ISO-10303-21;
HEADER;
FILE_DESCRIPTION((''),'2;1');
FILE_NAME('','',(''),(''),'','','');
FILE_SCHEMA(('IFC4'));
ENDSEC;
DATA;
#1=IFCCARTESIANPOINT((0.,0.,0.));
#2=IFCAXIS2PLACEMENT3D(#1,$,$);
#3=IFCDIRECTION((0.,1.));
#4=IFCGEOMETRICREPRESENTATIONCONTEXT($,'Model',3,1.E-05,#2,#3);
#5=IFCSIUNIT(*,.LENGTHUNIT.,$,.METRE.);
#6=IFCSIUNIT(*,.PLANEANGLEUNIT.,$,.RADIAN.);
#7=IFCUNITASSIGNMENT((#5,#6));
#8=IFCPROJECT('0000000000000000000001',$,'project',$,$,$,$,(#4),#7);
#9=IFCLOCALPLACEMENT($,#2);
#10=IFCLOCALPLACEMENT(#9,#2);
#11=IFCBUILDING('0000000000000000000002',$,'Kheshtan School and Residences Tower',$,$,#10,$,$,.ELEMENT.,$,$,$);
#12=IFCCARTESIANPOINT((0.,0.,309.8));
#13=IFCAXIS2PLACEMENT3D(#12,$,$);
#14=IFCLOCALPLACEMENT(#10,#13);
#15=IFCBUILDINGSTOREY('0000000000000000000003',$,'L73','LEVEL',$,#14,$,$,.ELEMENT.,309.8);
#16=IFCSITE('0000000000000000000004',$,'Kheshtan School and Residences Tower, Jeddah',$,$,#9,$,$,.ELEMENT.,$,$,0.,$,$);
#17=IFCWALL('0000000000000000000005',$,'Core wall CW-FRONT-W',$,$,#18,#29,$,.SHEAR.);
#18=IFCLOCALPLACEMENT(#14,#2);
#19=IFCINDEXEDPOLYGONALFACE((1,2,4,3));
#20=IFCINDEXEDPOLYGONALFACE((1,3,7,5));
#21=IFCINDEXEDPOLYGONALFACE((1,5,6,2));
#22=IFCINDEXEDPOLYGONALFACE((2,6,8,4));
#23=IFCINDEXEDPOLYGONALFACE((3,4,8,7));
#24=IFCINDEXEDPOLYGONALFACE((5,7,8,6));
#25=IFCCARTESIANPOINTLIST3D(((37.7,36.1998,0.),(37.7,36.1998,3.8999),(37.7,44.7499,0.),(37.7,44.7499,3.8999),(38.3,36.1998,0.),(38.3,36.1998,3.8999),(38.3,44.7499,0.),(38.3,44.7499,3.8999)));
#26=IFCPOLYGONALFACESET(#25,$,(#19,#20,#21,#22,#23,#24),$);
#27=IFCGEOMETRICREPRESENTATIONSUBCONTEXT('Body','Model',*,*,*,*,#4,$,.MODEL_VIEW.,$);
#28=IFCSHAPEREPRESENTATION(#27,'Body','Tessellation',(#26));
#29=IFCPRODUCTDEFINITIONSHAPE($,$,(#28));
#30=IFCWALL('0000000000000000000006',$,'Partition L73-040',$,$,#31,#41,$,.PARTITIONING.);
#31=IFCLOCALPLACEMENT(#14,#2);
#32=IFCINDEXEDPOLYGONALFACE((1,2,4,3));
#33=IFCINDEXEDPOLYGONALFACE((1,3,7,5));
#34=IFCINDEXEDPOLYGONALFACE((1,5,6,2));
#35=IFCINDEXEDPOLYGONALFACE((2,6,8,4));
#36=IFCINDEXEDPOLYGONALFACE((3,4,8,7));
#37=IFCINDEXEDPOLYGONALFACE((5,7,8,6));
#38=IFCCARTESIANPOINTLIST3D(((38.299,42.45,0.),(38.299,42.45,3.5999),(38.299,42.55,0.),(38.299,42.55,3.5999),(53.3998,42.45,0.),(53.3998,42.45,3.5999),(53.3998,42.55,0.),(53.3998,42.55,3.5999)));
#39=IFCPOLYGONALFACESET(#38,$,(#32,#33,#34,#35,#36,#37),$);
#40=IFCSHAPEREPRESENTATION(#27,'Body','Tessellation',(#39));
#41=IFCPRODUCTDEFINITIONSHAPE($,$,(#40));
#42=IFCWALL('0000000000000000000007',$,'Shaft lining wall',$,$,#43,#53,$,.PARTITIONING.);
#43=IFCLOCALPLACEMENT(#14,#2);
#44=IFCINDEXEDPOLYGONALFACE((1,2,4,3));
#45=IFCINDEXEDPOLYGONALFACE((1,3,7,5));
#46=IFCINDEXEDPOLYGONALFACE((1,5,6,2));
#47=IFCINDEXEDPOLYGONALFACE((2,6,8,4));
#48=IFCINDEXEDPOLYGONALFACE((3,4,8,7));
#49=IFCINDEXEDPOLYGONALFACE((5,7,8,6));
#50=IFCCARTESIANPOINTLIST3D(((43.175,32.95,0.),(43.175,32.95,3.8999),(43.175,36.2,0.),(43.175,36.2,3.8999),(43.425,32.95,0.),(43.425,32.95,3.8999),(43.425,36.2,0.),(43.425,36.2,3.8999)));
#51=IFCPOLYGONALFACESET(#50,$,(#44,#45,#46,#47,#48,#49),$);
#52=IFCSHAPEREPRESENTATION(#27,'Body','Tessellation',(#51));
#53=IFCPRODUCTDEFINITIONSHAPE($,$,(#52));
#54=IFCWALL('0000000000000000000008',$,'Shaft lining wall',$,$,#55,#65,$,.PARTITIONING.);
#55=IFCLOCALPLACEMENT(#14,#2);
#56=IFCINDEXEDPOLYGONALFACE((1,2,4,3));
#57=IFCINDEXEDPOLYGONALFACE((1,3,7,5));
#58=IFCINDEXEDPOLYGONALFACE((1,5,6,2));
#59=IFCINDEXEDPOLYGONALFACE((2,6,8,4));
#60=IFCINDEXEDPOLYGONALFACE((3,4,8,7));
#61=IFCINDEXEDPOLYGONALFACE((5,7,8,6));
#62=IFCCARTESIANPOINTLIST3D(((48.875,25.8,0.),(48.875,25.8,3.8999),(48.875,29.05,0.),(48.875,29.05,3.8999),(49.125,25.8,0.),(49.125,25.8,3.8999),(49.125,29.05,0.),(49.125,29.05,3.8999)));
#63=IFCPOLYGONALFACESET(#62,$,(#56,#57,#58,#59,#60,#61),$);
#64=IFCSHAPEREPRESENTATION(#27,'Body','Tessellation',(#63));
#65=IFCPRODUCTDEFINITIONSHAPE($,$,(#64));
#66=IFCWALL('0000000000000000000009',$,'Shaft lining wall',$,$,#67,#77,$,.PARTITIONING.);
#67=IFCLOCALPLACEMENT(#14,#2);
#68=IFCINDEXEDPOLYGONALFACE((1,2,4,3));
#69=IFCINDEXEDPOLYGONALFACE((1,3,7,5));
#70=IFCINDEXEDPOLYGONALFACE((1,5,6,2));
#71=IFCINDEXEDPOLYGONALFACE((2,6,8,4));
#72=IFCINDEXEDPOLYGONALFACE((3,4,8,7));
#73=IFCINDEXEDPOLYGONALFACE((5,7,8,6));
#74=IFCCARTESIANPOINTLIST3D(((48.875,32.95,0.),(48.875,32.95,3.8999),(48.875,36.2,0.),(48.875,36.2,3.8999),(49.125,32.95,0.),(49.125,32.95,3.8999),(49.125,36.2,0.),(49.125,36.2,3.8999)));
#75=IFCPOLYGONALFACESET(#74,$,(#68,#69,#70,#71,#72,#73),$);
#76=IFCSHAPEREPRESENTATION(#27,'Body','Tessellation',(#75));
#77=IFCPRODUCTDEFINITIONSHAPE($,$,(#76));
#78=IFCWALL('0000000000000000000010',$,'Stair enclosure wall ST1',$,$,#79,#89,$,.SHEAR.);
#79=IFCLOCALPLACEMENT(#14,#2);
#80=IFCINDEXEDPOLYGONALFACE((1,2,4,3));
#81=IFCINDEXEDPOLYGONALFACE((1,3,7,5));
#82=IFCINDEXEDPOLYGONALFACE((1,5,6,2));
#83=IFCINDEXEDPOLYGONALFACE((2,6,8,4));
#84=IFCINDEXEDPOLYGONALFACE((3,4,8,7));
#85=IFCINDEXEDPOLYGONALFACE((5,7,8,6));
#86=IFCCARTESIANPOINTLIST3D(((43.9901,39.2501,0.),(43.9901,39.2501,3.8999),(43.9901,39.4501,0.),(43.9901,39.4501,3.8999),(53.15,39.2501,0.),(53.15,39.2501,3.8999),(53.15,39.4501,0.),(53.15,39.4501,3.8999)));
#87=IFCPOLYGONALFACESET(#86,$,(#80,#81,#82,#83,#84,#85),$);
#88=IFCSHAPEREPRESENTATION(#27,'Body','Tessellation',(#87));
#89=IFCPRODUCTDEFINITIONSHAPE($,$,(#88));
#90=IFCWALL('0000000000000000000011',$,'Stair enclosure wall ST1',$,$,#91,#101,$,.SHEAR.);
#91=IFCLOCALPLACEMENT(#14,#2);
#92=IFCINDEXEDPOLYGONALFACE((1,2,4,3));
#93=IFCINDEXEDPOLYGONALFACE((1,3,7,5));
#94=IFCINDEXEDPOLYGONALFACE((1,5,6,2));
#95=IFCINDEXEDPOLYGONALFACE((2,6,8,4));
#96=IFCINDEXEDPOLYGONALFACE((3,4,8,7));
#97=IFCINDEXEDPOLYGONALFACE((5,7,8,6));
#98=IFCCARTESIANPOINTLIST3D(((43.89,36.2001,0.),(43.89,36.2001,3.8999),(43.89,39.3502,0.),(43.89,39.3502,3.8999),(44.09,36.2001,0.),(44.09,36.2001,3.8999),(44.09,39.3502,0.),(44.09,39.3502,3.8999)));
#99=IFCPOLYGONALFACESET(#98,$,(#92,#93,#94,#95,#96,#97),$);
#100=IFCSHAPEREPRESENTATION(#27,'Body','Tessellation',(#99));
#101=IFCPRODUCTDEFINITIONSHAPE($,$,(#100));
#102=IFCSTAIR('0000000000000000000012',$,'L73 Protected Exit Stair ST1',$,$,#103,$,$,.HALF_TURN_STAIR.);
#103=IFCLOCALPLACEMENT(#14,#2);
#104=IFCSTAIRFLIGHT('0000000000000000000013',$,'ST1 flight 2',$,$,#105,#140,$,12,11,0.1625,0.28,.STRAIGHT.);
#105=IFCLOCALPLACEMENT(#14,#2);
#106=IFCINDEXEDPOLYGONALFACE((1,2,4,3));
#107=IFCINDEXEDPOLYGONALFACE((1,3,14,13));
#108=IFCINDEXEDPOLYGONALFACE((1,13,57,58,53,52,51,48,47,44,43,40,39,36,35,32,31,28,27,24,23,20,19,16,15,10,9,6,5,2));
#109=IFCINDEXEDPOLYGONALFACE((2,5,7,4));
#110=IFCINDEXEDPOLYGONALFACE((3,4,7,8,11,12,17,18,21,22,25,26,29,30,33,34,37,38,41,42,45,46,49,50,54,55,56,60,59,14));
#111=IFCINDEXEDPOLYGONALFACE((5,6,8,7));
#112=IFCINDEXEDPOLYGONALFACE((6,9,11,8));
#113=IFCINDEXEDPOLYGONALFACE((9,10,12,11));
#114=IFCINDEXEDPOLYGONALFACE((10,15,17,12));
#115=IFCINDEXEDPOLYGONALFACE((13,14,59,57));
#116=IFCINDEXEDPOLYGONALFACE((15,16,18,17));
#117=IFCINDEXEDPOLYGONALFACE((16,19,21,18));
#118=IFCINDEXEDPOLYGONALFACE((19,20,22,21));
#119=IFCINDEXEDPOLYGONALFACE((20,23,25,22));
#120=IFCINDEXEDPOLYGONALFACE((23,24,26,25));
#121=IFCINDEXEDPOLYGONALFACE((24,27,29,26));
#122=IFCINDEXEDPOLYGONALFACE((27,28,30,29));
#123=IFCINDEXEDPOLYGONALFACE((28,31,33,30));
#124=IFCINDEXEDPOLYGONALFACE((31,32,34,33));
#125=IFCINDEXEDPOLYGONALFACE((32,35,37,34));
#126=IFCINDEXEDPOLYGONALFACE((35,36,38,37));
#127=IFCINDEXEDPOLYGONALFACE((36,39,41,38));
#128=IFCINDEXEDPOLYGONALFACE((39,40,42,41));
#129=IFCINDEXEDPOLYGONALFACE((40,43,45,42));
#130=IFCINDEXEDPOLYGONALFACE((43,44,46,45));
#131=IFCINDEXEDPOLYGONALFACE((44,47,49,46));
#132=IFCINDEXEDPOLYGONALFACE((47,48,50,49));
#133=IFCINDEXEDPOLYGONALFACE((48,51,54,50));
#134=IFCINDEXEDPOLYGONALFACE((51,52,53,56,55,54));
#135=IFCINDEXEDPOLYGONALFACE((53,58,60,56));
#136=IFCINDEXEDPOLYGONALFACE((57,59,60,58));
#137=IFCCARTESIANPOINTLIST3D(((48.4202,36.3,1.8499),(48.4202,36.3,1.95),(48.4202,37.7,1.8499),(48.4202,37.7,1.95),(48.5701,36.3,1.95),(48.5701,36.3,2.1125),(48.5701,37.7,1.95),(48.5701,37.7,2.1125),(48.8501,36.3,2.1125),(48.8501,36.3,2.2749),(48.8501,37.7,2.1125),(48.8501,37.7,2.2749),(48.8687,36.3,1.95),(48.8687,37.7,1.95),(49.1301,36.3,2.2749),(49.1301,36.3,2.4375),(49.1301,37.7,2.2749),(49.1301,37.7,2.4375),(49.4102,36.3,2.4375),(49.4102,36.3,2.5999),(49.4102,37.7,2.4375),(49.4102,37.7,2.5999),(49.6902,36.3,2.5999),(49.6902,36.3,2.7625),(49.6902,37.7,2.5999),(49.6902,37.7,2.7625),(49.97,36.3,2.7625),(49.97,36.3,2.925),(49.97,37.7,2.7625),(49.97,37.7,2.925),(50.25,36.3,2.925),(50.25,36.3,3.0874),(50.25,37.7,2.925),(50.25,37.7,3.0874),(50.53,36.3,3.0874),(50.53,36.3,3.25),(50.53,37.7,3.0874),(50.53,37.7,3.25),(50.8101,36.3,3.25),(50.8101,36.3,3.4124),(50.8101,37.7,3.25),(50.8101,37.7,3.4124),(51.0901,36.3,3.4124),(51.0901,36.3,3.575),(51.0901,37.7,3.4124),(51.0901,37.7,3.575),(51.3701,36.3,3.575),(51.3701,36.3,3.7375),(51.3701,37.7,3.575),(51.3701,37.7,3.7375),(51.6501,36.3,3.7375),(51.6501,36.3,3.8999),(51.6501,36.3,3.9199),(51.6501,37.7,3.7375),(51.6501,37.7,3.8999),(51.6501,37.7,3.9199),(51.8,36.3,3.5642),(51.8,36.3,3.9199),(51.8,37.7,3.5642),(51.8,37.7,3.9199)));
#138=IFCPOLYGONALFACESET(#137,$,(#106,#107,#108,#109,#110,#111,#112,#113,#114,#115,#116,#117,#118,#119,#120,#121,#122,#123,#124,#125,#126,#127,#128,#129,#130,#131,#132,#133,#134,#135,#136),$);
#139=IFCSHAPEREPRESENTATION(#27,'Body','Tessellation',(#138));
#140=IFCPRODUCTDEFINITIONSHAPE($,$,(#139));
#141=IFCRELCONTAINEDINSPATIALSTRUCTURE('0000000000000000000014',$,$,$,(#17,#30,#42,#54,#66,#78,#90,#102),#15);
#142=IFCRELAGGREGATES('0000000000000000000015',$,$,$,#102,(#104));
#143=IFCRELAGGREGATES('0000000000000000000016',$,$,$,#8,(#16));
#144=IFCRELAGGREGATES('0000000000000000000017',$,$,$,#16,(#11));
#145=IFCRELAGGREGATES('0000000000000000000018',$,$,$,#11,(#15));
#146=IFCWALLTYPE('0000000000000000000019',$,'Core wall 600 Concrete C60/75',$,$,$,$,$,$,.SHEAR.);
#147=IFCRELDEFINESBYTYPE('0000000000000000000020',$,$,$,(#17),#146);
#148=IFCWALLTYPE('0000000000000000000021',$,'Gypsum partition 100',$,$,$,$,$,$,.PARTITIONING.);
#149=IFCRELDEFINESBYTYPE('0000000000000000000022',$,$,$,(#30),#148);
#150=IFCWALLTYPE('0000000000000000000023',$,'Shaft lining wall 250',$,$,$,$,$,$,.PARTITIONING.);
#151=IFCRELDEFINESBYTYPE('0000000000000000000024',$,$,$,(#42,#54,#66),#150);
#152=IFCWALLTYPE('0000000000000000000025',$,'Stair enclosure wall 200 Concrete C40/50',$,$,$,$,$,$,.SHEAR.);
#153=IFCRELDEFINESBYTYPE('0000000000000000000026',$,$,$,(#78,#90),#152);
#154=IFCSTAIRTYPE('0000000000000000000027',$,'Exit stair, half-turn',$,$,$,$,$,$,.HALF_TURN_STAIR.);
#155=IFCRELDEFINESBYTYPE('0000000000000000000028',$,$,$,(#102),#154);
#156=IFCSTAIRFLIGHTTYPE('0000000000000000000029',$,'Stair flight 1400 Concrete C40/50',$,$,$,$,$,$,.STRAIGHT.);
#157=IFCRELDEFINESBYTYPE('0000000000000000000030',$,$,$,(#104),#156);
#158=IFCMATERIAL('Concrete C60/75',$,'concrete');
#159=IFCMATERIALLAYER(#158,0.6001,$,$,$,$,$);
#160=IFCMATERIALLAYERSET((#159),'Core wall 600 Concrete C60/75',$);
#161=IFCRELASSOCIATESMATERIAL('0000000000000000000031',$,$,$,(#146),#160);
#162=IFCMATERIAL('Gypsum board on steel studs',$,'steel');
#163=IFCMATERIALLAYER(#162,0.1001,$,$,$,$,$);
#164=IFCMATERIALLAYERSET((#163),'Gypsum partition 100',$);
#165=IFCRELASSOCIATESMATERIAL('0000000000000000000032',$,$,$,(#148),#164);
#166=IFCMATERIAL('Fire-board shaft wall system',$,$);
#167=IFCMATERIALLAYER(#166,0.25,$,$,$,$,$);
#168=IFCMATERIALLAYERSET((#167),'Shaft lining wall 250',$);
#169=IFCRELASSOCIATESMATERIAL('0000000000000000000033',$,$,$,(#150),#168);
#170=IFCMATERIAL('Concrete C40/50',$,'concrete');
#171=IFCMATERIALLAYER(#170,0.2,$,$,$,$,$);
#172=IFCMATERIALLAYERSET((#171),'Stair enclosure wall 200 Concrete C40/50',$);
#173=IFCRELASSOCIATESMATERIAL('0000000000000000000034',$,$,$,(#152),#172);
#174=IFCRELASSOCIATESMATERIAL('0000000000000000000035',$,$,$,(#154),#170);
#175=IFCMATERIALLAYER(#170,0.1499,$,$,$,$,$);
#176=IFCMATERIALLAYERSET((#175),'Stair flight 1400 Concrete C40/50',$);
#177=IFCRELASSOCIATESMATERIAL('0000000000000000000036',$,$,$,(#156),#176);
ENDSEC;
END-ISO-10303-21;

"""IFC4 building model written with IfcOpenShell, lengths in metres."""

from ifc_helpers import new_model, si_unit, direction, frame, frame_2d, origin, place, context, subcontext, project, spatial, polyline, rectangle, outline, extrude, material, layer, layer_set, type_object, element, aggregate, save


model = new_model("IFC4")

# Units and contexts
model_context = context("Model", 3, precision=1e-05, world=origin(), true_north=direction((0.0, 1.0)))
body_context = subcontext(model_context, "Body", "Model", "MODEL_VIEW")
ifc_project = project(units=[si_unit("LENGTHUNIT", "METRE"), si_unit("PLANEANGLEUNIT", "RADIAN")], contexts=[model_context])

# Site, building, storey
site_placement = place(None, origin())
site = spatial("IfcSite", under=ifc_project, at=site_placement, Name="Kheshtan School and Residences Tower, Jeddah", CompositionType="ELEMENT", RefElevation=0.0)
building_placement = place(site_placement, origin())
building = spatial("IfcBuilding", under=site, at=building_placement, Name="Kheshtan School and Residences Tower", CompositionType="ELEMENT")
storey_placement = place(building_placement, frame((0.0, 0.0, 309.8)))
storey = spatial("IfcBuildingStorey", under=building, at=storey_placement, Name="L73", Description="LEVEL", CompositionType="ELEMENT", Elevation=309.8)

# Walls
ifc_material_1 = material(Name="Concrete C60/75", Category="concrete")
ifc_layer_1 = layer(ifc_material_1, 0.6001)
ifc_layer_set_1 = layer_set([ifc_layer_1], Name="Core wall 600 Concrete C60/75")
wall_type_1 = type_object("IfcWallType", Name="Core wall 600 Concrete C60/75", PredefinedType="SHEAR", material=ifc_layer_set_1)
wall_1_placement = place(storey_placement, frame((38.0, 36.2, 0.0), z_axis=(0.0, 0.0, 1.0), x_axis=(0.0, 1.0, 0.0)))
element("IfcWall", 1, at=wall_1_placement, inside=storey, type_object=wall_type_1, Name="Core wall CW-FRONT-W", PredefinedType="SHEAR", context=body_context, shape_type="SweptSolid", body=[
    extrude(rectangle(XDim=8.55, YDim=0.6001, at=frame_2d((4.2749, 0.0))), origin(), (0.0, 0.0, 1.0), 3.8999),
])
ifc_material_2 = material(Name="Gypsum board on steel studs", Category="steel")
ifc_layer_2 = layer(ifc_material_2, 0.1001)
ifc_layer_set_2 = layer_set([ifc_layer_2], Name="Gypsum partition 100")
wall_type_2 = type_object("IfcWallType", Name="Gypsum partition 100", PredefinedType="PARTITIONING", material=ifc_layer_set_2)
wall_2_placement = place(storey_placement, frame((38.2991, 42.5, 0.0), z_axis=(0.0, 0.0, 1.0), x_axis=(1.0, 0.0, 0.0)))
element("IfcWall", 2, at=wall_2_placement, inside=storey, type_object=wall_type_2, Name="Partition L73-040", PredefinedType="PARTITIONING", context=body_context, shape_type="SweptSolid", body=[
    extrude(rectangle(XDim=15.1008, YDim=0.1001, at=frame_2d((7.5503, 0.0))), origin(), (0.0, 0.0, 1.0), 3.5999),
])
ifc_material_3 = material(Name="Fire-board shaft wall system")
ifc_layer_3 = layer(ifc_material_3, 0.25)
ifc_layer_set_3 = layer_set([ifc_layer_3], Name="Shaft lining wall 250")
wall_type_3 = type_object("IfcWallType", Name="Shaft lining wall 250", PredefinedType="PARTITIONING", material=ifc_layer_set_3)
for number, where, z_axis, x_axis, name in (
    (3, (43.3, 32.95, 0.0), (0.0, 0.0, 1.0), (0.0, 1.0, 0.0), "Shaft lining wall"),
    (4, (49.0, 25.8, 0.0), (0.0, 0.0, 1.0), (0.0, 1.0, 0.0), "Shaft lining wall"),
    (5, (49.0, 32.95, 0.0), (0.0, 0.0, 1.0), (0.0, 1.0, 0.0), "Shaft lining wall"),
):
    element("IfcWall", number, at=place(storey_placement, frame(where, z_axis=z_axis, x_axis=x_axis)), inside=storey, type_object=wall_type_3, Name=name, PredefinedType="PARTITIONING", context=body_context, shape_type="SweptSolid", body=[
        extrude(rectangle(XDim=3.25, YDim=0.25, at=frame_2d((1.625, 0.0))), origin(), (0.0, 0.0, 1.0), 3.8999),
    ])
ifc_material_4 = material(Name="Concrete C40/50", Category="concrete")
ifc_layer_4 = layer(ifc_material_4, 0.2)
ifc_layer_set_4 = layer_set([ifc_layer_4], Name="Stair enclosure wall 200 Concrete C40/50")
wall_type_4 = type_object("IfcWallType", Name="Stair enclosure wall 200 Concrete C40/50", PredefinedType="SHEAR", material=ifc_layer_set_4)
wall_3_placement = place(storey_placement, frame((43.99, 39.3501, 0.0), z_axis=(0.0, 0.0, 1.0), x_axis=(1.0, 0.0, 0.0)))
element("IfcWall", 6, at=wall_3_placement, inside=storey, type_object=wall_type_4, Name="Stair enclosure wall ST1", PredefinedType="SHEAR", context=body_context, shape_type="SweptSolid", body=[
    extrude(rectangle(XDim=9.1599, YDim=0.2, at=frame_2d((4.5801, 0.0))), origin(), (0.0, 0.0, 1.0), 3.8999),
])
wall_4_placement = place(storey_placement, frame((43.99, 36.2, 0.0), z_axis=(0.0, 0.0, 1.0), x_axis=(0.0, 1.0, 0.0)))
element("IfcWall", 7, at=wall_4_placement, inside=storey, type_object=wall_type_4, Name="Stair enclosure wall ST1", PredefinedType="SHEAR", context=body_context, shape_type="SweptSolid", body=[
    extrude(rectangle(XDim=3.1501, YDim=0.2, at=frame_2d((1.5752, 0.0))), origin(), (0.0, 0.0, 1.0), 3.8999),
])

# Stair, stair flight
stair_type = type_object("IfcStairType", Name="Exit stair, half-turn", PredefinedType="HALF_TURN_STAIR", material=ifc_material_4)
stair_placement = place(storey_placement, origin())
stair = element("IfcStair", 8, at=stair_placement, inside=storey, type_object=stair_type, Name="L73 Protected Exit Stair ST1", PredefinedType="HALF_TURN_STAIR")
ifc_layer_5 = layer(ifc_material_4, 0.1499)
ifc_layer_set_5 = layer_set([ifc_layer_5], Name="Stair flight 1400 Concrete C40/50")
stair_flight_type = type_object("IfcStairFlightType", Name="Stair flight 1400 Concrete C40/50", PredefinedType="STRAIGHT", material=ifc_layer_set_5)
stair_flight_placement = place(storey_placement, frame((48.5701, 37.0, 1.95), z_axis=(0.0, 0.0, 1.0), x_axis=(1.0, 0.0, 0.0)))
stair_flight = element("IfcStairFlight", 9, at=stair_flight_placement, type_object=stair_flight_type, Name="ST1 flight 2", NumberOfRisers=12, NumberOfTreads=11, PredefinedType="STRAIGHT", RiserHeight=0.1625, TreadLength=0.28, context=body_context, shape_type="SweptSolid", body=[
    extrude(outline(polyline([(-0.1499, -0.1001), (-0.1499, 0.0), (0.0, 0.0), (0.0, 0.1626), (0.28, 0.1626), (0.28, 0.325), (0.5601, 0.325), (0.5601, 0.4875), (0.8401, 0.4875), (0.8401, 0.6499), (1.1201, 0.6499), (1.1201, 0.8125), (1.3999, 0.8125), (1.3999, 0.9751), (1.6799, 0.9751), (1.6799, 1.1375), (1.96, 1.1375), (1.96, 1.3), (2.24, 1.3), (2.24, 1.4624), (2.52, 1.4624), (2.52, 1.625), (2.8, 1.625), (2.8, 1.7876), (3.0801, 1.7876), (3.0801, 1.95), (3.0801, 1.97), (3.23, 1.97), (3.23, 1.6143), (0.2986, 0.0), (-0.1499, -0.1001)])), frame((0.0, 0.7, 0.0), z_axis=(0.0, -1.0, 0.0), x_axis=(1.0, 0.0, 0.0)), (0.0, 0.0, 1.0), 1.3999),
])
aggregate(stair, [stair_flight])

save(model, "model.ifc")
